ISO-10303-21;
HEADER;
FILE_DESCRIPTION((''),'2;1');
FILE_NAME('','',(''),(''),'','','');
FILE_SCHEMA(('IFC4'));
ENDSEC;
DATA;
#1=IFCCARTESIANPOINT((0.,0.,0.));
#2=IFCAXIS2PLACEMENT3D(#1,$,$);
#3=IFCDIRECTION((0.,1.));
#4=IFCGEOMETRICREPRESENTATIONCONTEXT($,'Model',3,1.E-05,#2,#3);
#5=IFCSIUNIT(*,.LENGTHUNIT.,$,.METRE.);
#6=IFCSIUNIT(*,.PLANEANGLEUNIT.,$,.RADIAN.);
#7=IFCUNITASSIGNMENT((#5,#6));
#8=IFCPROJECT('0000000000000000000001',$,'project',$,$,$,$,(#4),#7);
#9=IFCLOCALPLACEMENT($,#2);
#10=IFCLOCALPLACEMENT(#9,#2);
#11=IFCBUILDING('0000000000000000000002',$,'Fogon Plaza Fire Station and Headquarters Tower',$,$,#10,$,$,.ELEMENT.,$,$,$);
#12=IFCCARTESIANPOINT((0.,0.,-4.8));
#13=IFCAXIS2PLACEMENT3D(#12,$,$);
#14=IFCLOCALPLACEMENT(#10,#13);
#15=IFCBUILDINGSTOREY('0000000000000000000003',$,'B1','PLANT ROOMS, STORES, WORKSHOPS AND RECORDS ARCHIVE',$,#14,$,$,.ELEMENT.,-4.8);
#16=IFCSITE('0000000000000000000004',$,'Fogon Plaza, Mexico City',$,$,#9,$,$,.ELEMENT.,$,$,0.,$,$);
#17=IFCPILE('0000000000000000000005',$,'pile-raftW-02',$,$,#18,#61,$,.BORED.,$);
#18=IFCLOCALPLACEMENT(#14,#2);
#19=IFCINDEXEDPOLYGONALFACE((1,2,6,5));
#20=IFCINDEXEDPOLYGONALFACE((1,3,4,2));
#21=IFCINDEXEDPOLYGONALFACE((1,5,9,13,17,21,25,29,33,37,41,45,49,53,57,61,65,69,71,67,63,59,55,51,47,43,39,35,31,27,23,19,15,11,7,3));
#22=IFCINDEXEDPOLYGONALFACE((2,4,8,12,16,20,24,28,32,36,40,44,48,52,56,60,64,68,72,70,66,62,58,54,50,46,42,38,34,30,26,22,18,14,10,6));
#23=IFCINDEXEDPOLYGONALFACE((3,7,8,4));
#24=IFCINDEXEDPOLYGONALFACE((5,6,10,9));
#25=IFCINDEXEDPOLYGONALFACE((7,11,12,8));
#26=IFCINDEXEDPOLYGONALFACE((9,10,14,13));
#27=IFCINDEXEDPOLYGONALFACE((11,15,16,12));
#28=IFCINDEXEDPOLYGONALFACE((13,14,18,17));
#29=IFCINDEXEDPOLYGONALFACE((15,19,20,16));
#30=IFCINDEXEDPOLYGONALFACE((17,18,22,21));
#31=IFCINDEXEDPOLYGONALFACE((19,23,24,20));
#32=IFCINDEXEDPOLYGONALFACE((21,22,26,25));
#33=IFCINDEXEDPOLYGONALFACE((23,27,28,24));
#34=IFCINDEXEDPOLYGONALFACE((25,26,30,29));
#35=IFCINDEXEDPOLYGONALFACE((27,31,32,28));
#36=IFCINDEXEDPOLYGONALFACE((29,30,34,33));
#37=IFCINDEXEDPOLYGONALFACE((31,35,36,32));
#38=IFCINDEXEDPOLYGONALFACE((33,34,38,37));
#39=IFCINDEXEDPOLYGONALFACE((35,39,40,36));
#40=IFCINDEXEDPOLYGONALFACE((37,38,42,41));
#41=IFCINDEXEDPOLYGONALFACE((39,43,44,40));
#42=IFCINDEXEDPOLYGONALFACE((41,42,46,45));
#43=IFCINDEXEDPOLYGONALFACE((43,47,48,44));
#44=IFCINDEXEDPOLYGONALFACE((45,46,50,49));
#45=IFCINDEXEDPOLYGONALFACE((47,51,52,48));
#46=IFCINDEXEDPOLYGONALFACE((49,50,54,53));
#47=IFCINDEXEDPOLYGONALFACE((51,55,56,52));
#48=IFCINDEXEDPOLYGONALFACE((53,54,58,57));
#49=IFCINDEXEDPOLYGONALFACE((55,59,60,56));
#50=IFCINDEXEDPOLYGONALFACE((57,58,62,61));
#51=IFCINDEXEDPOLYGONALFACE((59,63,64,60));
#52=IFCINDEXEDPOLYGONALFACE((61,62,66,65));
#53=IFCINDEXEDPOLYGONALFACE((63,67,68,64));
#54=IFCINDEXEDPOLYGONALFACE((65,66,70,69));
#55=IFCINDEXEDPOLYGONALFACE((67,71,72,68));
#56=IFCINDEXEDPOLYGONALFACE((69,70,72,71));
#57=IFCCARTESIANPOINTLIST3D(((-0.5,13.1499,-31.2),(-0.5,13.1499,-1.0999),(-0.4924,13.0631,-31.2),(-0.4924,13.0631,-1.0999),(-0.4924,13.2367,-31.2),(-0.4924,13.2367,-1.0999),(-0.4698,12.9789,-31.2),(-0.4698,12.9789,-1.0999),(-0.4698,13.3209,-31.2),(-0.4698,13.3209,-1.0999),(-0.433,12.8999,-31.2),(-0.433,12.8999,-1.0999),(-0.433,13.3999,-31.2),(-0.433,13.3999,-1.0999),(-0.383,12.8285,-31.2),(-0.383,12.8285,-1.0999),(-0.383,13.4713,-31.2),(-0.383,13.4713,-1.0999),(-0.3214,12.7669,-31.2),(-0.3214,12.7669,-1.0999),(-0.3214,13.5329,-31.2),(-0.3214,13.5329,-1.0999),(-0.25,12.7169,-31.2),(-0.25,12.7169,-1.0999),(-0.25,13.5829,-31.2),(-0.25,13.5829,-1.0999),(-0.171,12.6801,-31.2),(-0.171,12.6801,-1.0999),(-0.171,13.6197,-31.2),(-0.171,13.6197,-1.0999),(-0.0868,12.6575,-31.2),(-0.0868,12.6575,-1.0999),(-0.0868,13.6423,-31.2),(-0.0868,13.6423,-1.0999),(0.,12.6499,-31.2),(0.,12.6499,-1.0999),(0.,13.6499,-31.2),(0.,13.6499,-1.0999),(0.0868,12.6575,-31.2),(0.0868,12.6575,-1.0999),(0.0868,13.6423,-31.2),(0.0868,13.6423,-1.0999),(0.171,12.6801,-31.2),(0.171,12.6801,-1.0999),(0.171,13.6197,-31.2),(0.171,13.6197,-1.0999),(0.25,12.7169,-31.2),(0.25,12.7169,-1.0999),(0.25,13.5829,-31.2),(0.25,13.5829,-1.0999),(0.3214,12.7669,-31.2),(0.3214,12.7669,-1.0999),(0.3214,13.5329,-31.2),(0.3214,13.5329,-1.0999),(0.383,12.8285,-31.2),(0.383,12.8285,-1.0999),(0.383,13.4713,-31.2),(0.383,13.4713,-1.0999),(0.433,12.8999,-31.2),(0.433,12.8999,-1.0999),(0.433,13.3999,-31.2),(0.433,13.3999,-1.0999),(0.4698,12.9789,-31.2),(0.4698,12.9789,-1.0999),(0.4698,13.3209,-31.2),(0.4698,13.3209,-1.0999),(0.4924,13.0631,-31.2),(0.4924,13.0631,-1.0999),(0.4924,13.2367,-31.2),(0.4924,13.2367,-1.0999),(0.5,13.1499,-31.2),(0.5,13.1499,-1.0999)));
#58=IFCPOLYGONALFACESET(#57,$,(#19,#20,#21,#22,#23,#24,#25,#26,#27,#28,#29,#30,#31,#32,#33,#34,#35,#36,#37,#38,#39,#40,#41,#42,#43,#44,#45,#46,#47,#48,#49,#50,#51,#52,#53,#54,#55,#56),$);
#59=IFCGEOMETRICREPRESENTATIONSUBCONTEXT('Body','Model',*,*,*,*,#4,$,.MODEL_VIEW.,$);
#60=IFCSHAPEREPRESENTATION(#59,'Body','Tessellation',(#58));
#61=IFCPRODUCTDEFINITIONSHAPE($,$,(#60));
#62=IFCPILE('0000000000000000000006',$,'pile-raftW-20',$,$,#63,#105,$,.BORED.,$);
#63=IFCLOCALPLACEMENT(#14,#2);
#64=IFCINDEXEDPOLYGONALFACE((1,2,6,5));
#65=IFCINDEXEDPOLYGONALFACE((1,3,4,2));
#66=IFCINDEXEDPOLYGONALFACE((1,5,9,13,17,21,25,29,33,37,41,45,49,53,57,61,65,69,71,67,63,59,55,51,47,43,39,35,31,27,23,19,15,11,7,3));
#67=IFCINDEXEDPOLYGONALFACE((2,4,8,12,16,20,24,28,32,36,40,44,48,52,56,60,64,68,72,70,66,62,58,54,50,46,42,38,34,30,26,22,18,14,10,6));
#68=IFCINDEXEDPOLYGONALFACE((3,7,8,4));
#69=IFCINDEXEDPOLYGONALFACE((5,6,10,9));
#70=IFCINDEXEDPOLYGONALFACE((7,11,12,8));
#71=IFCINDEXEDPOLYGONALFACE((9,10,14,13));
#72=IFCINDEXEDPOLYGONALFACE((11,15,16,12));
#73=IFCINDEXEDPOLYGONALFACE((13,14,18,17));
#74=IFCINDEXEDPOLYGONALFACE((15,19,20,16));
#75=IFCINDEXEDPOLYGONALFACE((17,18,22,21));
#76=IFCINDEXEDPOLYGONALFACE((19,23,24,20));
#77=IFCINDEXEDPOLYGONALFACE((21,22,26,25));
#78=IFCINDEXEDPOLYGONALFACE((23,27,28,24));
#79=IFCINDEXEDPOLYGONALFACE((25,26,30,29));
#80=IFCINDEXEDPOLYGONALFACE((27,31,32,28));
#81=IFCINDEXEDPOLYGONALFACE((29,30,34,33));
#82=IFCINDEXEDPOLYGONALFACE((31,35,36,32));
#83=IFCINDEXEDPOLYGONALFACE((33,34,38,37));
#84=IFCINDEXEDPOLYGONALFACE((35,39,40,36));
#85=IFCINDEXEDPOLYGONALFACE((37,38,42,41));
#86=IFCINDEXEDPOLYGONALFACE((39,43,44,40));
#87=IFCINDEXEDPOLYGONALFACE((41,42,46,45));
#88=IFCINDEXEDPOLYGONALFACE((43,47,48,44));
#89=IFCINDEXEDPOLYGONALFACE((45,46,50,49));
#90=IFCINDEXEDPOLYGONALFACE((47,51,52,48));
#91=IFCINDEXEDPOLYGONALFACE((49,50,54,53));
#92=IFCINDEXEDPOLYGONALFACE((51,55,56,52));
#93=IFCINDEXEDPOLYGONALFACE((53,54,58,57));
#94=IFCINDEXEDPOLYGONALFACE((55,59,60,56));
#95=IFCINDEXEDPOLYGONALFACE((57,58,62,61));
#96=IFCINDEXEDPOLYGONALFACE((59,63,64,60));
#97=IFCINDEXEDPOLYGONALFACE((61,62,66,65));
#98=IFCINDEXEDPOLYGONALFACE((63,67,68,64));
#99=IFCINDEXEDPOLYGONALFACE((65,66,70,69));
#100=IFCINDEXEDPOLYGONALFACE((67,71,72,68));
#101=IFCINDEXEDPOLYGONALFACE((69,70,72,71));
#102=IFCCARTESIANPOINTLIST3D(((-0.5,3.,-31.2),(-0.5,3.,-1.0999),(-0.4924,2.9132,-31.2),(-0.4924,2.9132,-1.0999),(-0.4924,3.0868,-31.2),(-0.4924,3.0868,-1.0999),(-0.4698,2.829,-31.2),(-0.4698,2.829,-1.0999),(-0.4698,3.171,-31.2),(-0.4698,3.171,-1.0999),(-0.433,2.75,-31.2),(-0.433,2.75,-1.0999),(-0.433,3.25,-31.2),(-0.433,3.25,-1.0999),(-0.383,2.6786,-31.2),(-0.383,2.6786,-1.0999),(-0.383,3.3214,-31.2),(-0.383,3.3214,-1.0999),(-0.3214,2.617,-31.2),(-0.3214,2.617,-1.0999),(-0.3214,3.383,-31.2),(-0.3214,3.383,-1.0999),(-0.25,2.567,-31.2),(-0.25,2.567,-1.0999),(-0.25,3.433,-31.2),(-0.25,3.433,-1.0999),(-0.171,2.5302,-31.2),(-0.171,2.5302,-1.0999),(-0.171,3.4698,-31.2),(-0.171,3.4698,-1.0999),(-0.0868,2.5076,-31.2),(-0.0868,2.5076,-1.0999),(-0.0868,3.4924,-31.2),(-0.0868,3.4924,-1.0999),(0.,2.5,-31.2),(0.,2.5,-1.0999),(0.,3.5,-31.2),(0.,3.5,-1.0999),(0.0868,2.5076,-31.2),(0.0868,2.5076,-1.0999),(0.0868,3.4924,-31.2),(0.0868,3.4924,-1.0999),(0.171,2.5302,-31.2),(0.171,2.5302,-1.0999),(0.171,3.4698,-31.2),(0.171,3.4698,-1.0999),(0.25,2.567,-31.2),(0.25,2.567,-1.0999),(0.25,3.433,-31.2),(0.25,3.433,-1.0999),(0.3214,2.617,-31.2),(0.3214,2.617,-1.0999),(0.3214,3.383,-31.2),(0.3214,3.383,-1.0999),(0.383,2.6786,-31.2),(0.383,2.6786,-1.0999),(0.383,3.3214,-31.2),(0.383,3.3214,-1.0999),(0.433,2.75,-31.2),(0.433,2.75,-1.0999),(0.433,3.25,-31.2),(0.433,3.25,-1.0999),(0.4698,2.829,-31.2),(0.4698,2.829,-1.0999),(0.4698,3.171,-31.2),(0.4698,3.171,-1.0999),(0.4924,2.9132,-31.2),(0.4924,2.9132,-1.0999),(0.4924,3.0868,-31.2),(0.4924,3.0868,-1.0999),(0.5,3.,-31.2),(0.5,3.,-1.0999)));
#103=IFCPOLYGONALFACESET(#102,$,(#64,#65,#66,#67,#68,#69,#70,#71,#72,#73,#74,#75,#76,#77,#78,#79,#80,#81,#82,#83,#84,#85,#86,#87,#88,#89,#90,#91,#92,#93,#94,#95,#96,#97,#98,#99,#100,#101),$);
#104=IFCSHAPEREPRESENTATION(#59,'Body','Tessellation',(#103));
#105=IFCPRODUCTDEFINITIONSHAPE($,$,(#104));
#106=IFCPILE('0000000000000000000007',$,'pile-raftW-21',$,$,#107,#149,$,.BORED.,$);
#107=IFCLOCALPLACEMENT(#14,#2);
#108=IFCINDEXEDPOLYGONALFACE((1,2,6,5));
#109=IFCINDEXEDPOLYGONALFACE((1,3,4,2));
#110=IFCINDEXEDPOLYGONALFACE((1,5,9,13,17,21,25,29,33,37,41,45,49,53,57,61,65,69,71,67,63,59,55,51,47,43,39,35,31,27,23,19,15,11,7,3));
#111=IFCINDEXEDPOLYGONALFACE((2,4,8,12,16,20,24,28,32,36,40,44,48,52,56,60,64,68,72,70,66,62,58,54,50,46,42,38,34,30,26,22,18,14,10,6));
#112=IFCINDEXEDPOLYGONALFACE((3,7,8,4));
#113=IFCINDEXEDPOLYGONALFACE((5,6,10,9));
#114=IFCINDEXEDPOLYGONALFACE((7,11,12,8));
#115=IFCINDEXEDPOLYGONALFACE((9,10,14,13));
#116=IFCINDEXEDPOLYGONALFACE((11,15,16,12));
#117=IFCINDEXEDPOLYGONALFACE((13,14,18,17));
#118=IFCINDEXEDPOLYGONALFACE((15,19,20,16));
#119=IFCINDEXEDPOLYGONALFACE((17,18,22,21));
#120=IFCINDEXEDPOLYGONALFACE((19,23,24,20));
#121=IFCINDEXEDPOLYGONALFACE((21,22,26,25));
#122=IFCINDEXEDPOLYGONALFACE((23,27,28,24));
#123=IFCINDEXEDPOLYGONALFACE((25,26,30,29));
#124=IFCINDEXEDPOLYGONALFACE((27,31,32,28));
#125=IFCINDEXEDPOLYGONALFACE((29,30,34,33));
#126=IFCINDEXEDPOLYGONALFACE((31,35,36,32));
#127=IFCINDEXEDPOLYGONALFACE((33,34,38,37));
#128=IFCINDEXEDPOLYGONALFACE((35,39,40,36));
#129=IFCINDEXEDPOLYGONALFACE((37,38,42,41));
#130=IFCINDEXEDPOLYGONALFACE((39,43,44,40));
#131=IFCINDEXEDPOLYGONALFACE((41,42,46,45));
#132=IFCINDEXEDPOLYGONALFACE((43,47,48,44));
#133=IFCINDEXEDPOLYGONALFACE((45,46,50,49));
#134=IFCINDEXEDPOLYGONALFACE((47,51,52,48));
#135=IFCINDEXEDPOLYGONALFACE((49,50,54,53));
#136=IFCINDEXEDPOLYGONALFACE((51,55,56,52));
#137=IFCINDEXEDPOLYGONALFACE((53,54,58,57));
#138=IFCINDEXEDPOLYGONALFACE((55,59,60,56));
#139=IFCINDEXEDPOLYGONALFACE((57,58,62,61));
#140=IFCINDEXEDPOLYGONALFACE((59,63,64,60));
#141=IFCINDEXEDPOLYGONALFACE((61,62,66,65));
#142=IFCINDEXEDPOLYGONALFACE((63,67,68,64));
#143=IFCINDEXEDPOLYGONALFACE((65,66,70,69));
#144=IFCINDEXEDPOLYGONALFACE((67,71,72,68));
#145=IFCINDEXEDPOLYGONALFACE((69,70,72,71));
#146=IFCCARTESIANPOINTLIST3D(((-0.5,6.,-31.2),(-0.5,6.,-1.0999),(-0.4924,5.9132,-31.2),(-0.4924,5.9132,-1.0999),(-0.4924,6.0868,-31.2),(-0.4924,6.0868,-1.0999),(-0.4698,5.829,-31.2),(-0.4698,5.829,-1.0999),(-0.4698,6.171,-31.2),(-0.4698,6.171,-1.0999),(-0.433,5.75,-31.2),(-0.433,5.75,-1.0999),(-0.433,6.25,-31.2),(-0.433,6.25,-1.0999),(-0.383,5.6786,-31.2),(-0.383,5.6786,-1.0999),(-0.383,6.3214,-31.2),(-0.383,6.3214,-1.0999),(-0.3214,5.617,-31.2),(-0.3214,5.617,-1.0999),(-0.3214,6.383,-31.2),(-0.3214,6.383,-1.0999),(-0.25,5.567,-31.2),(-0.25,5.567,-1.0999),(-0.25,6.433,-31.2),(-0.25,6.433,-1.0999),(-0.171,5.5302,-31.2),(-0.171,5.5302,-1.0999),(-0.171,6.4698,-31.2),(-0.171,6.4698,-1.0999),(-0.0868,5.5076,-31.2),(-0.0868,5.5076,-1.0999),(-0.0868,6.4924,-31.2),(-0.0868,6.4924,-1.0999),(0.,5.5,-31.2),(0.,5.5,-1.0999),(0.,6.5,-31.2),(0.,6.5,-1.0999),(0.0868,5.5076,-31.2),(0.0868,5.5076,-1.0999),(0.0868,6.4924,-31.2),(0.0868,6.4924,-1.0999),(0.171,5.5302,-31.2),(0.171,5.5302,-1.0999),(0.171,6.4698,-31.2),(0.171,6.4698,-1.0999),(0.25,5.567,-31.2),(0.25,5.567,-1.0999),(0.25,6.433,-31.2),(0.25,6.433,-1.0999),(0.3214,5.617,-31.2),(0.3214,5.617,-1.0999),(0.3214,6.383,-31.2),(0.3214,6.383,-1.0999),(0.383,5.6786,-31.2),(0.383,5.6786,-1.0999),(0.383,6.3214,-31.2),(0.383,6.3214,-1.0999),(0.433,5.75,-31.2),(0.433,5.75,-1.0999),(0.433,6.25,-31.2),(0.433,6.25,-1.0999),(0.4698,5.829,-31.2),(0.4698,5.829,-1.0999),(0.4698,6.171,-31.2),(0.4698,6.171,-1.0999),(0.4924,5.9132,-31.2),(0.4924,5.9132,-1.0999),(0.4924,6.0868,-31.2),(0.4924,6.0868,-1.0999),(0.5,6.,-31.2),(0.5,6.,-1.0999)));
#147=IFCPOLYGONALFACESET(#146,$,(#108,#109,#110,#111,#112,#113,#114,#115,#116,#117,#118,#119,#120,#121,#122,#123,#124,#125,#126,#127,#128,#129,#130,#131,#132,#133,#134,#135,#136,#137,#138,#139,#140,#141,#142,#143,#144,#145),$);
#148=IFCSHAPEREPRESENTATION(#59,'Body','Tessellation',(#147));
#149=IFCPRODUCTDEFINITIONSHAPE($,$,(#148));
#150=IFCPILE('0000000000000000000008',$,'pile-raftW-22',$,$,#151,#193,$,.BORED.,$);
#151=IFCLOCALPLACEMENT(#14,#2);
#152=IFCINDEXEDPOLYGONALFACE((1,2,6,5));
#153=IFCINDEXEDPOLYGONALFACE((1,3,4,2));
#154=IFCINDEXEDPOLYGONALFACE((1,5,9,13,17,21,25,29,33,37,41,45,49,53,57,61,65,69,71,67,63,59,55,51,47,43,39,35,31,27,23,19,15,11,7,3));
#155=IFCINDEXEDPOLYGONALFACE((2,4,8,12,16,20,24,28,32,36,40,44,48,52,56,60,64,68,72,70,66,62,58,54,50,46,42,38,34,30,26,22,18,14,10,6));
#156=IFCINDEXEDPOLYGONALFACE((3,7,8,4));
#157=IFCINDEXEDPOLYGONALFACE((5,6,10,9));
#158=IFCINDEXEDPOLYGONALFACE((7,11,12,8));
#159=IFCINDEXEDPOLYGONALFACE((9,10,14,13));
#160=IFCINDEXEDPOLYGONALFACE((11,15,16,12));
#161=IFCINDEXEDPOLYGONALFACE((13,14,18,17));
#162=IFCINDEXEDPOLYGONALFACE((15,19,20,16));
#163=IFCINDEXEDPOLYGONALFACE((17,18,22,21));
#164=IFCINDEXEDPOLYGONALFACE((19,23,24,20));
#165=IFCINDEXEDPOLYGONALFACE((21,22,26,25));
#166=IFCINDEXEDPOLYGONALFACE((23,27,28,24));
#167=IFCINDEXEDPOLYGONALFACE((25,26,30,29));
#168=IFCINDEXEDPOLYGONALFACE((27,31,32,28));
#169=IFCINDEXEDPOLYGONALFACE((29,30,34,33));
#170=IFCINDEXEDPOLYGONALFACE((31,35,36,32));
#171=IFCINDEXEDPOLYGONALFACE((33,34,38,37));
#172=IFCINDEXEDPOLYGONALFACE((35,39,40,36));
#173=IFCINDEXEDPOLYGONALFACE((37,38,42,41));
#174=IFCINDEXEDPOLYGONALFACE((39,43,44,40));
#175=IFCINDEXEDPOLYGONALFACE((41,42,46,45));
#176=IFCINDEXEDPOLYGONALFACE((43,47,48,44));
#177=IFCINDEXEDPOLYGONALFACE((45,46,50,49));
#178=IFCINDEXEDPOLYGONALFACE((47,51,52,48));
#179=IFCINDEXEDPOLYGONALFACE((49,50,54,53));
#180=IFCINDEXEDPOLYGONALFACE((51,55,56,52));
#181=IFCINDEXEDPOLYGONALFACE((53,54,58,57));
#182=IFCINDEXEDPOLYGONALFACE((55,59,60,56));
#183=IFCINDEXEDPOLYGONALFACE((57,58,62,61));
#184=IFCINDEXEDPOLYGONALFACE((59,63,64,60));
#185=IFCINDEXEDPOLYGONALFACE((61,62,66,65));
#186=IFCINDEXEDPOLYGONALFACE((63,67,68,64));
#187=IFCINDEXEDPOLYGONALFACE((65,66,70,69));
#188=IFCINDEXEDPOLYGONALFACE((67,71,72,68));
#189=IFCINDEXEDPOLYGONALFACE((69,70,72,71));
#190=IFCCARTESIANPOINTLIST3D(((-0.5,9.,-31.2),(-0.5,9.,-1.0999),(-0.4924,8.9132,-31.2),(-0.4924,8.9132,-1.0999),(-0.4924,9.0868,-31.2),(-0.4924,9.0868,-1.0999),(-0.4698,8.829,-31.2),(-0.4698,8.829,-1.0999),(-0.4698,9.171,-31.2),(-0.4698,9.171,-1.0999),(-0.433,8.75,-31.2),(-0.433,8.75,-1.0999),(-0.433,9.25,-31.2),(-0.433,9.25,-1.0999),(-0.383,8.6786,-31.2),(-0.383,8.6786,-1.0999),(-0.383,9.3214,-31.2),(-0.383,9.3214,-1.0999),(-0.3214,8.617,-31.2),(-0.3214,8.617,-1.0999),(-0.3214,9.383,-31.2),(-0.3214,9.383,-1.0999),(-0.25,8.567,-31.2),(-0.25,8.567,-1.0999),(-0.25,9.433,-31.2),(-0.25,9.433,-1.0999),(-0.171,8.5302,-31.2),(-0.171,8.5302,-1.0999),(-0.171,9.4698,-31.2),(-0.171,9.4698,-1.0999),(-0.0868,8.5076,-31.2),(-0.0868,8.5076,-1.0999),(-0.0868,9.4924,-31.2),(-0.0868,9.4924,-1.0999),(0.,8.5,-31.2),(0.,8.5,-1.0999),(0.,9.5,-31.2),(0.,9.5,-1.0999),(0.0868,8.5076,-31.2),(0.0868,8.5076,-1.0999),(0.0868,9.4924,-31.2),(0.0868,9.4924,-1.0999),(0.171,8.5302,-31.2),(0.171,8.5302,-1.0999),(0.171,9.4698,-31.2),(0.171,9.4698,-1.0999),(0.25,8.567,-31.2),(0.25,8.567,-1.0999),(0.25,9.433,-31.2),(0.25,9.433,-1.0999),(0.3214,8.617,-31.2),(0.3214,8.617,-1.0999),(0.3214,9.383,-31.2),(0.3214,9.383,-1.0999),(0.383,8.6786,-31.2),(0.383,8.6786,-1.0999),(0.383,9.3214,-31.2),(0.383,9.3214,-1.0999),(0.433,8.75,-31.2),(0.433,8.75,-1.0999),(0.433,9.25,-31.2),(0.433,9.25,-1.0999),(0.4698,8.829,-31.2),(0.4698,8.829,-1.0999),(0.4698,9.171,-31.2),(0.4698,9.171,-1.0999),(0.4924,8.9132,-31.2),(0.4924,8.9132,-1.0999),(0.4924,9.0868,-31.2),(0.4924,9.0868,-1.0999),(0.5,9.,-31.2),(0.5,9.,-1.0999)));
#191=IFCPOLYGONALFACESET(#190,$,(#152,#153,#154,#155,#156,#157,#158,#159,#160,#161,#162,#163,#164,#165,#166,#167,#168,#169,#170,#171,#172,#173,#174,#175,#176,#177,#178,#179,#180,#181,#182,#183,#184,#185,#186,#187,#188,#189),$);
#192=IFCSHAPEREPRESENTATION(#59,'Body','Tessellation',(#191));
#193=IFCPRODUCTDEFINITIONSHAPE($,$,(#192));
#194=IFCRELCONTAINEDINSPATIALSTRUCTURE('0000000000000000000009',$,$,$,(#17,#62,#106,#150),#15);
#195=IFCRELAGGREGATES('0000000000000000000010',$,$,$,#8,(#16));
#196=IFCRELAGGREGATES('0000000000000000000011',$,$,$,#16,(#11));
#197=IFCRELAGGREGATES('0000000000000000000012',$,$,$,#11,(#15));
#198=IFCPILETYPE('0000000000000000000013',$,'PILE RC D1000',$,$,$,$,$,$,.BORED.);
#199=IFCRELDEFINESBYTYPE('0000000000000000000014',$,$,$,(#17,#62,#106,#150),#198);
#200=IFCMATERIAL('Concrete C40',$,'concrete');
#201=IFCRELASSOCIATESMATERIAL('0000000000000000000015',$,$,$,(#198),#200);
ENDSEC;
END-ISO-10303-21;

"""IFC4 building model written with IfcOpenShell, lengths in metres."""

from ifc_helpers import new_model, si_unit, direction, frame, origin, origin_2d, place, context, subcontext, project, spatial, circle, extrude, material, material_profile, profile_set, type_object, element, save


model = new_model("IFC4")

# Units and contexts
model_context = context("Model", 3, precision=1e-05, world=origin(), true_north=direction((0.0, 1.0)))
body_context = subcontext(model_context, "Body", "Model", "MODEL_VIEW")
ifc_project = project(units=[si_unit("LENGTHUNIT", "METRE"), si_unit("PLANEANGLEUNIT", "RADIAN")], contexts=[model_context])

# Site, building, storey
site_placement = place(None, origin())
site = spatial("IfcSite", under=ifc_project, at=site_placement, Name="Fogon Plaza, Mexico City", CompositionType="ELEMENT", RefElevation=0.0)
building_placement = place(site_placement, origin())
building = spatial("IfcBuilding", under=site, at=building_placement, Name="Fogon Plaza Fire Station and Headquarters Tower", CompositionType="ELEMENT")
storey_placement = place(building_placement, frame((0.0, 0.0, -4.8)))
storey = spatial("IfcBuildingStorey", under=building, at=storey_placement, Name="B1", Description="PLANT ROOMS, STORES, WORKSHOPS AND RECORDS ARCHIVE", CompositionType="ELEMENT", Elevation=-4.8)

# Piles
ifc_material_1 = material(Name="Concrete C40", Category="concrete")
ifc_material_profile_1 = material_profile(ifc_material_1, circle(Radius=0.5, at=origin_2d()), Name="RC D1000")
ifc_profile_set_1 = profile_set([ifc_material_profile_1], Name="Concrete C40")
pile_type = type_object("IfcPileType", Name="PILE RC D1000", PredefinedType="BORED", material=ifc_profile_set_1)
for number, where, z_axis, x_axis, name in (
    (1, (0.0, 13.1499, -1.0999), (0.0, 0.0, -1.0), (1.0, 0.0, 0.0), "pile-raftW-02"),
    (2, (0.0, 3.0, -1.0999), (0.0, 0.0, -1.0), (1.0, 0.0, 0.0), "pile-raftW-20"),
    (3, (0.0, 6.0, -1.0999), (0.0, 0.0, -1.0), (1.0, 0.0, 0.0), "pile-raftW-21"),
    (4, (0.0, 9.0, -1.0999), (0.0, 0.0, -1.0), (1.0, 0.0, 0.0), "pile-raftW-22"),
):
    element("IfcPile", number, at=place(storey_placement, frame(where, z_axis=z_axis, x_axis=x_axis)), inside=storey, type_object=pile_type, Name=name, PredefinedType="BORED", context=body_context, shape_type="SweptSolid", body=[
        extrude(circle(Radius=0.5, at=origin_2d()), origin(), (0.0, 0.0, 1.0), 30.1001),
    ])

save(model, "model.ifc")
